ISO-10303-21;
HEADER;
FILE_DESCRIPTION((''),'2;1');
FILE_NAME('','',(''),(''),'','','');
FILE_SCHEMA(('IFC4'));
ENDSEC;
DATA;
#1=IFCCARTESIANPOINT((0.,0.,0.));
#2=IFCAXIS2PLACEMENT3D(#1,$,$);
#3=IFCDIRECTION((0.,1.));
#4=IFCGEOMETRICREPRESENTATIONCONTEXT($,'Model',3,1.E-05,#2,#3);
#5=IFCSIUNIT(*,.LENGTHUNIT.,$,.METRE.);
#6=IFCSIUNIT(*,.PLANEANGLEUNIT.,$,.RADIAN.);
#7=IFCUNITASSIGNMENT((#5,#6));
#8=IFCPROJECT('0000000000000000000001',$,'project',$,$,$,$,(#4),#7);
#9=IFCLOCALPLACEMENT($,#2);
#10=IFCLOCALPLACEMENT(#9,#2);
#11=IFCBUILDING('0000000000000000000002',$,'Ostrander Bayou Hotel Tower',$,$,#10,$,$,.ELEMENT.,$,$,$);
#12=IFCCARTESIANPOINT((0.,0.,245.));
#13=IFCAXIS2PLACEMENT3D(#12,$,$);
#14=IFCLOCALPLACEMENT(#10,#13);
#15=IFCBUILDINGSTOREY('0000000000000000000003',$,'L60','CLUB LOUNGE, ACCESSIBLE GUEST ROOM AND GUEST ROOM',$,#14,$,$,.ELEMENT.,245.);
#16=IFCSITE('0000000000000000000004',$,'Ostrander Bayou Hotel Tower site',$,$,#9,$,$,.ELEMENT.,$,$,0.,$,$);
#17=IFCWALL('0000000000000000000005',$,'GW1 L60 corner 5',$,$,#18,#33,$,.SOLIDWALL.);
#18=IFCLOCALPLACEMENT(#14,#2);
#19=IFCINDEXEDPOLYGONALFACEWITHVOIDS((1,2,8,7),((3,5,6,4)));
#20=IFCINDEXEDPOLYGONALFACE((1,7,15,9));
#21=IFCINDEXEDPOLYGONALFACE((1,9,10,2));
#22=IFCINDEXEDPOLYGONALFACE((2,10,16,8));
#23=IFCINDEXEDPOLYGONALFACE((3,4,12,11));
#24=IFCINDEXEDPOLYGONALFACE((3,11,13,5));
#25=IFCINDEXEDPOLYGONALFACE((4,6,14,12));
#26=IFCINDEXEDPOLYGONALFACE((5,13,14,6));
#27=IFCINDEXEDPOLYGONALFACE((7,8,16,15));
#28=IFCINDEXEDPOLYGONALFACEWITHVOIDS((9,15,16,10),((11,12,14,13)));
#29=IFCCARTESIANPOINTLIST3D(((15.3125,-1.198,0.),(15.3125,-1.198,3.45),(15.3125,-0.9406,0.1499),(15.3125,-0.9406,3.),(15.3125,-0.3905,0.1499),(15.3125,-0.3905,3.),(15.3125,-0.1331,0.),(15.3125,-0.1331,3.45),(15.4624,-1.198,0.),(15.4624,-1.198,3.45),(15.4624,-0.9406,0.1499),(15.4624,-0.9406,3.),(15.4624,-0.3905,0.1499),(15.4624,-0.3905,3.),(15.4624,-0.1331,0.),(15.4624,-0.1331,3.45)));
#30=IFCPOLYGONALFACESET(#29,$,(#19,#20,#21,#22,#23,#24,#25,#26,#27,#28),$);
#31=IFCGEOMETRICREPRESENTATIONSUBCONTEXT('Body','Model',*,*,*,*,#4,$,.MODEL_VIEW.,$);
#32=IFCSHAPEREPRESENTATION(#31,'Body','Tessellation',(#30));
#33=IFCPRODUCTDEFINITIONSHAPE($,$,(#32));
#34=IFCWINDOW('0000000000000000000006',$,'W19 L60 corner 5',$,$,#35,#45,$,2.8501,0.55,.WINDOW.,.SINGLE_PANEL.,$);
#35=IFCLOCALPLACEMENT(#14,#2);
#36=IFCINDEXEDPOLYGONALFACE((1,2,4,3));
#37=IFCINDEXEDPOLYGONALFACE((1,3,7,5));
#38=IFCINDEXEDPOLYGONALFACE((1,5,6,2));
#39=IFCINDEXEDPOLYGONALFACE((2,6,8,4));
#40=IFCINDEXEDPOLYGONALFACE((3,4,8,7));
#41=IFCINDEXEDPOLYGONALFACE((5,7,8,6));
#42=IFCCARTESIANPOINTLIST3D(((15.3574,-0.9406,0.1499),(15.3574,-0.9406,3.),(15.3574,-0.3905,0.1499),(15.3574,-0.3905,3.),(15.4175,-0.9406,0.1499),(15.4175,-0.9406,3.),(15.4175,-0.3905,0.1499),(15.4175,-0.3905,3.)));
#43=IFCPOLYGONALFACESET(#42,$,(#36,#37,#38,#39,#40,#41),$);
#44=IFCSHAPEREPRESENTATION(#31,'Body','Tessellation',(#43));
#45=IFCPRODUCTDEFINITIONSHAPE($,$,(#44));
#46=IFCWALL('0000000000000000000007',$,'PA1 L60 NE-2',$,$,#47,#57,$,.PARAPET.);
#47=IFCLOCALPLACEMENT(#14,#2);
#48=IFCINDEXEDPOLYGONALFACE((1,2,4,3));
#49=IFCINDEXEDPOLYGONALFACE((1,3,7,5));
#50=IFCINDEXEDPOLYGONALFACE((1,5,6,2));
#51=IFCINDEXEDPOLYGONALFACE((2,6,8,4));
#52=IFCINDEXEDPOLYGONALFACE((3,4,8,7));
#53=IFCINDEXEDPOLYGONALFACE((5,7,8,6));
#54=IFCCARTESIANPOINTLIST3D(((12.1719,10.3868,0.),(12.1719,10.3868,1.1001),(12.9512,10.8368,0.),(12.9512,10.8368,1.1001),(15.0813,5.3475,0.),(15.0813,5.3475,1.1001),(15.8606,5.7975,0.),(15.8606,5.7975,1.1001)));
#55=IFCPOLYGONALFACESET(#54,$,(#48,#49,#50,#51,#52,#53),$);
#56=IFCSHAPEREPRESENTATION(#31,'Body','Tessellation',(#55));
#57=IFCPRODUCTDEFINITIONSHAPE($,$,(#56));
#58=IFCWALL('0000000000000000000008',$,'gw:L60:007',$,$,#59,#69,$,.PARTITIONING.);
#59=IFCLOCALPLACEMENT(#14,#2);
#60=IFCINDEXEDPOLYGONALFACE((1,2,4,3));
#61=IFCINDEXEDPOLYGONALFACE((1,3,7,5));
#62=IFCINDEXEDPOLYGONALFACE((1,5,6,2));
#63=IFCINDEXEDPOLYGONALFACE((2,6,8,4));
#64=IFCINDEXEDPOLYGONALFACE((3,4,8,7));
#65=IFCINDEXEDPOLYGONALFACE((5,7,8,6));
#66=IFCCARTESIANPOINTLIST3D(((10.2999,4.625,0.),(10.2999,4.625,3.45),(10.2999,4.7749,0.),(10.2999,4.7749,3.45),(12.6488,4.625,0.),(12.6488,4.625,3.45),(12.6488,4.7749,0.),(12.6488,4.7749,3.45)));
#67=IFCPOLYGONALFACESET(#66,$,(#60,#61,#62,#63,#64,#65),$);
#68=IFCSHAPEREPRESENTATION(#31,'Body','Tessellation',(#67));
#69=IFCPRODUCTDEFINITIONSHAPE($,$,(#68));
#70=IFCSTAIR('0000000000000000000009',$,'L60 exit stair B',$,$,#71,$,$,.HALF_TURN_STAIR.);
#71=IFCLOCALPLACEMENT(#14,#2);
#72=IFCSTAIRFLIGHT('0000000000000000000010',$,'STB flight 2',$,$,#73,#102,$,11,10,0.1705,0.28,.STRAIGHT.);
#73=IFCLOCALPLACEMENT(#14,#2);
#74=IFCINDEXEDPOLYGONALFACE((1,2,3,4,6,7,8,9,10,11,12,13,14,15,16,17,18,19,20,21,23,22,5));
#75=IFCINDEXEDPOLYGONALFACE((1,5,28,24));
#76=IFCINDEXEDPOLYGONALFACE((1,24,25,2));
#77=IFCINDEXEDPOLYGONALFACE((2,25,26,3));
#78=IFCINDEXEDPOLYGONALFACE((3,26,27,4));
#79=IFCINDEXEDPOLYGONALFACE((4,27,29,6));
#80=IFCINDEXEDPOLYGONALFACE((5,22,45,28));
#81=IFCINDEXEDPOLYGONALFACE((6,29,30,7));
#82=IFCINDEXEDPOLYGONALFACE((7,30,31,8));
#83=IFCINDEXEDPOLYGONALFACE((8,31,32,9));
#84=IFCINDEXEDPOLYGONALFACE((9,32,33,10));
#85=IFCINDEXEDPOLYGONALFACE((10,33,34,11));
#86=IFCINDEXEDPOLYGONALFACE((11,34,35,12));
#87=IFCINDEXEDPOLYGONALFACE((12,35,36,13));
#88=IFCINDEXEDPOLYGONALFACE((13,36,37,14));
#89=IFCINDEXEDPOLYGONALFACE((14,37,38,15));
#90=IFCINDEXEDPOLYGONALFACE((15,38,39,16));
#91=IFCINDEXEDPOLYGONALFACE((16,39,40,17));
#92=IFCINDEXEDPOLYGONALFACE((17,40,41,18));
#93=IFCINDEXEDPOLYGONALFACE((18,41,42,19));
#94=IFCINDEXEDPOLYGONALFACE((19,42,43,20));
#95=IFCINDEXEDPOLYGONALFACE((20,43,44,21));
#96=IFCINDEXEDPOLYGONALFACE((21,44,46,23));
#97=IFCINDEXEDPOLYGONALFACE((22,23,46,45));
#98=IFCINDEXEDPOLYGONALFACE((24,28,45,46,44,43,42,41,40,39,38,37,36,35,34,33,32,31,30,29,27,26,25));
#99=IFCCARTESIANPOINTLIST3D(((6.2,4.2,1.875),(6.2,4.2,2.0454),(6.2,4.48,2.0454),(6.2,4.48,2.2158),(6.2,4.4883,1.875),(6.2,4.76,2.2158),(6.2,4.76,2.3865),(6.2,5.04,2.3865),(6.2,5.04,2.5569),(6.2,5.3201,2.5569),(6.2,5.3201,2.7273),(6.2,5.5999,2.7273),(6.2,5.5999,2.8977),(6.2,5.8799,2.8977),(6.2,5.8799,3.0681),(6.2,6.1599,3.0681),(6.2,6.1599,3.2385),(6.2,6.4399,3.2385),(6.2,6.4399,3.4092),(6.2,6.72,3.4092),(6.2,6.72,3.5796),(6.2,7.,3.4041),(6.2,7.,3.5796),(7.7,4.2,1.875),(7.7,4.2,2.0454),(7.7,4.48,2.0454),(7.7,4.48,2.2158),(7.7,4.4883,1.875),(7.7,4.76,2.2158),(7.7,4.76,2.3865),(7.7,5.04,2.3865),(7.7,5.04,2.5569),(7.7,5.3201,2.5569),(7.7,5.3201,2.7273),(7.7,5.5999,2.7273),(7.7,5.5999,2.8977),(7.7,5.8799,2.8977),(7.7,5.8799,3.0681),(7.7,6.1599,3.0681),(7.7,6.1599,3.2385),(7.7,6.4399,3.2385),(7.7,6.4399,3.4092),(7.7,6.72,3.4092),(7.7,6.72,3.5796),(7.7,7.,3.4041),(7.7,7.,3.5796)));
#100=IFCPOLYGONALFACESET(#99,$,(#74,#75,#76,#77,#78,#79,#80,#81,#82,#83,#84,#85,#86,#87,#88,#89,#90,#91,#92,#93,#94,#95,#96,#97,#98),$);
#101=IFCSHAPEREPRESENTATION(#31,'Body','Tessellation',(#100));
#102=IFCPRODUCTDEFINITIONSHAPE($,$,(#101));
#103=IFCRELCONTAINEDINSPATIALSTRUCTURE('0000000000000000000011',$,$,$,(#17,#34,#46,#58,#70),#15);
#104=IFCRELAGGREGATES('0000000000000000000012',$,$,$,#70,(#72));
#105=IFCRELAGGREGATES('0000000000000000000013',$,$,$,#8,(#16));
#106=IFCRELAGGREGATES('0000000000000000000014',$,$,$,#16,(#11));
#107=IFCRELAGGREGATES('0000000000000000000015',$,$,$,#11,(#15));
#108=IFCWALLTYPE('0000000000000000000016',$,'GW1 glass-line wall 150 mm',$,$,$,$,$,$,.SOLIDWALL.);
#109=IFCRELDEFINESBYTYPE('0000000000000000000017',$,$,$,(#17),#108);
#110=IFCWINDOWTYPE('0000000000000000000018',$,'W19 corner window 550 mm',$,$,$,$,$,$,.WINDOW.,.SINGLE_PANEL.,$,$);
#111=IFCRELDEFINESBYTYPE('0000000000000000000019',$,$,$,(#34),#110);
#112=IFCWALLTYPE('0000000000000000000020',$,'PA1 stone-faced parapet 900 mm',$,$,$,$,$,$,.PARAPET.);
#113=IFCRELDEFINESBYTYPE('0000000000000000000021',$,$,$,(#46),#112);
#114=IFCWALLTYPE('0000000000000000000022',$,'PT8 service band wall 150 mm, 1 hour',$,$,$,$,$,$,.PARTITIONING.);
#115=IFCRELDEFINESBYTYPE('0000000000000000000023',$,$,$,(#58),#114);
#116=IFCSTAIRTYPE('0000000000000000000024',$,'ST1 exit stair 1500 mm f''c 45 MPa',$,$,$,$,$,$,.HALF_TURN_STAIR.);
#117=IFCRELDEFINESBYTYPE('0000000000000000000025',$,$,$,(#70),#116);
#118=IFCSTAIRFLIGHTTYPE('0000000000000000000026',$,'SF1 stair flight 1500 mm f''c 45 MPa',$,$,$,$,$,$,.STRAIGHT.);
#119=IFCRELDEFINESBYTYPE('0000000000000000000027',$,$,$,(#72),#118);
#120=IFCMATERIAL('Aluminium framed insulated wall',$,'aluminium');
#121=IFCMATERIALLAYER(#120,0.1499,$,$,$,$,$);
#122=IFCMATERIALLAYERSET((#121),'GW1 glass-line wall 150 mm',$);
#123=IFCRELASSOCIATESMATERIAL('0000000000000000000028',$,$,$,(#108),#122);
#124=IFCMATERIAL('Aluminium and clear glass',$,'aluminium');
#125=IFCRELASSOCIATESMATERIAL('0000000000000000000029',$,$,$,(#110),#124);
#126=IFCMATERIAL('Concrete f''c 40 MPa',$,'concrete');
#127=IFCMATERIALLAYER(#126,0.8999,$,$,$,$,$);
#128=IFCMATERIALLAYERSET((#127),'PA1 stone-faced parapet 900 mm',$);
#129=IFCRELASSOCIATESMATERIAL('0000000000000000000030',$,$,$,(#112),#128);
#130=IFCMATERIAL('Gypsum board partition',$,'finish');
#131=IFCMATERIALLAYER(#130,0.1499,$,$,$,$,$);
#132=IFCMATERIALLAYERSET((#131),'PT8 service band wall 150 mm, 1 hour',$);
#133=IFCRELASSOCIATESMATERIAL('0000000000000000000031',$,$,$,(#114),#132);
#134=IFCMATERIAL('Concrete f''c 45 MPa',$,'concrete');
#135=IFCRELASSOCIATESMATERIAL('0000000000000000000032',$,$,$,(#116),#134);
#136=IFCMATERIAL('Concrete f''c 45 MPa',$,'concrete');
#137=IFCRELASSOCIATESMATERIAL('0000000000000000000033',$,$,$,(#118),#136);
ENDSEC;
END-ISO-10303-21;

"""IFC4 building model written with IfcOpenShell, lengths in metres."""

from ifc_helpers import new_model, si_unit, direction, frame, frame_2d, origin, place, context, subcontext, project, spatial, polyline, rectangle, outline, extrude, material, layer, layer_set, type_object, element, fill, aggregate, save


model = new_model("IFC4")

# Units and contexts
model_context = context("Model", 3, precision=1e-05, world=origin(), true_north=direction((0.0, 1.0)))
body_context = subcontext(model_context, "Body", "Model", "MODEL_VIEW")
ifc_project = project(units=[si_unit("LENGTHUNIT", "METRE"), si_unit("PLANEANGLEUNIT", "RADIAN")], contexts=[model_context])

# Site, building, storey
site_placement = place(None, origin())
site = spatial("IfcSite", under=ifc_project, at=site_placement, Name="Ostrander Bayou Hotel Tower site", CompositionType="ELEMENT", RefElevation=0.0)
building_placement = place(site_placement, origin())
building = spatial("IfcBuilding", under=site, at=building_placement, Name="Ostrander Bayou Hotel Tower", CompositionType="ELEMENT")
storey_placement = place(building_placement, frame((0.0, 0.0, 245.0)))
storey = spatial("IfcBuildingStorey", under=building, at=storey_placement, Name="L60", Description="CLUB LOUNGE, ACCESSIBLE GUEST ROOM AND GUEST ROOM", CompositionType="ELEMENT", Elevation=245.0)

# Shared definitions
ifc_material_1 = material(Name="Aluminium framed insulated wall", Category="aluminium")
ifc_layer_1 = layer(ifc_material_1, 0.1499)
ifc_layer_set_1 = layer_set([ifc_layer_1], Name="GW1 glass-line wall 150 mm")
wall_type_1 = type_object("IfcWallType", Name="GW1 glass-line wall 150 mm", PredefinedType="SOLIDWALL", material=ifc_layer_set_1)

# Wall, opening, window
wall_1_placement = place(storey_placement, frame((15.3875, -1.198, 0.0), z_axis=(0.0, 0.0, 1.0), x_axis=(0.0, 1.0, 0.0)))
wall_1 = element("IfcWall", 1, at=wall_1_placement, inside=storey, type_object=wall_type_1, Name="GW1 L60 corner 5", PredefinedType="SOLIDWALL", context=body_context, shape_type="SweptSolid", body=[
    extrude(rectangle(XDim=1.0649, YDim=0.1499, at=frame_2d((0.5325, 0.0))), origin(), (0.0, 0.0, 1.0), 3.45),
])
opening_1_placement = place(wall_1_placement, frame((0.2576, 0.0, 0.1499)))
opening_1 = element("IfcOpeningElement", 2, at=opening_1_placement, cuts=wall_1, PredefinedType="OPENING", context=body_context, shape_type="SweptSolid", body=[
    extrude(rectangle(XDim=0.55, YDim=2.8501, at=frame_2d((0.2749, 1.425))), frame((0.0, 0.075, 0.0), z_axis=(0.0, -1.0, 0.0), x_axis=(1.0, 0.0, 0.0)), (0.0, 0.0, 1.0), 0.1499),
])
ifc_material_2 = material(Name="Aluminium and clear glass", Category="aluminium")
window_type_1 = type_object("IfcWindowType", Name="W19 corner window 550 mm", PartitioningType="SINGLE_PANEL", PredefinedType="WINDOW", material=ifc_material_2)
window_1_placement = place(opening_1_placement, origin())
window_1 = element("IfcWindow", 3, at=window_1_placement, inside=storey, type_object=window_type_1, Name="W19 L60 corner 5", OverallHeight=2.8501, OverallWidth=0.55, PartitioningType="SINGLE_PANEL", PredefinedType="WINDOW", context=body_context, shape_type="SweptSolid", body=[
    extrude(rectangle(XDim=0.55, YDim=2.8501, at=frame_2d((0.2749, 1.425))), frame((0.0, 0.03, 0.0), z_axis=(0.0, -1.0, 0.0), x_axis=(1.0, 0.0, 0.0)), (0.0, 0.0, 1.0), 0.0601),
])
fill(opening_1, window_1)

# Walls
ifc_material_3 = material(Name="Concrete f'c 40 MPa", Category="concrete")
ifc_layer_2 = layer(ifc_material_3, 0.8999)
ifc_layer_set_2 = layer_set([ifc_layer_2], Name="PA1 stone-faced parapet 900 mm")
wall_type_2 = type_object("IfcWallType", Name="PA1 stone-faced parapet 900 mm", PredefinedType="PARAPET", material=ifc_layer_set_2)
wall_2_placement = place(storey_placement, frame((15.4709, 5.5725, 0.0), z_axis=(0.0, 0.0, 1.0), x_axis=(-0.499997, 0.866027, 0.0)))
element("IfcWall", 4, at=wall_2_placement, inside=storey, type_object=wall_type_2, Name="PA1 L60 NE-2", PredefinedType="PARAPET", context=body_context, shape_type="SweptSolid", body=[
    extrude(rectangle(XDim=5.8188, YDim=0.8999, at=frame_2d((2.9094, 0.0))), origin(), (0.0, 0.0, 1.0), 1.1001),
])
ifc_material_4 = material(Name="Gypsum board partition", Category="finish")
ifc_layer_3 = layer(ifc_material_4, 0.1499)
ifc_layer_set_3 = layer_set([ifc_layer_3], Name="PT8 service band wall 150 mm, 1 hour")
wall_type_3 = type_object("IfcWallType", Name="PT8 service band wall 150 mm, 1 hour", PredefinedType="PARTITIONING", material=ifc_layer_set_3)
wall_3_placement = place(storey_placement, frame((10.3, 4.7, 0.0), z_axis=(0.0, 0.0, 1.0), x_axis=(1.0, 0.0, 0.0)))
element("IfcWall", 5, at=wall_3_placement, inside=storey, type_object=wall_type_3, Name="gw:L60:007", PredefinedType="PARTITIONING", context=body_context, shape_type="SweptSolid", body=[
    extrude(rectangle(XDim=2.3489, YDim=0.1499, at=frame_2d((1.1743, 0.0))), origin(), (0.0, 0.0, 1.0), 3.45),
])

# Stair, stair flight
ifc_material_5 = material(Name="Concrete f'c 45 MPa", Category="concrete")
stair_type = type_object("IfcStairType", Name="ST1 exit stair 1500 mm f'c 45 MPa", PredefinedType="HALF_TURN_STAIR", material=ifc_material_5)
stair_placement = place(storey_placement, origin())
stair = element("IfcStair", 6, at=stair_placement, inside=storey, type_object=stair_type, Name="L60 exit stair B", PredefinedType="HALF_TURN_STAIR")
ifc_material_6 = material(Name="Concrete f'c 45 MPa", Category="concrete")
stair_flight_type = type_object("IfcStairFlightType", Name="SF1 stair flight 1500 mm f'c 45 MPa", PredefinedType="STRAIGHT", material=ifc_material_6)
stair_flight_placement = place(storey_placement, frame((6.95, 4.2, 1.875), z_axis=(0.0, 0.0, 1.0), x_axis=(0.0, 1.0, 0.0)))
stair_flight = element("IfcStairFlight", 7, at=stair_flight_placement, type_object=stair_flight_type, Name="STB flight 2", NumberOfRisers=11, NumberOfTreads=10, PredefinedType="STRAIGHT", RiserHeight=0.1705, TreadLength=0.28, context=body_context, shape_type="SweptSolid", body=[
    extrude(outline(polyline([(0.0, 0.0), (0.0, 0.1704), (0.28, 0.1704), (0.28, 0.3408), (0.5601, 0.3408), (0.5601, 0.5115), (0.8401, 0.5115), (0.8401, 0.6819), (1.1201, 0.6819), (1.1201, 0.8523), (1.3999, 0.8523), (1.3999, 1.0227), (1.6799, 1.0227), (1.6799, 1.1931), (1.96, 1.1931), (1.96, 1.3635), (2.24, 1.3635), (2.24, 1.5342), (2.52, 1.5342), (2.52, 1.7046), (2.8, 1.7046), (2.8, 1.875), (2.8, 1.5291), (0.2883, 0.0), (0.0, 0.0)])), frame((0.0, 0.75, 0.0), z_axis=(0.0, -1.0, 0.0), x_axis=(1.0, 0.0, 0.0)), (0.0, 0.0, 1.0), 1.5),
])
aggregate(stair, [stair_flight])

save(model, "model.ifc")
